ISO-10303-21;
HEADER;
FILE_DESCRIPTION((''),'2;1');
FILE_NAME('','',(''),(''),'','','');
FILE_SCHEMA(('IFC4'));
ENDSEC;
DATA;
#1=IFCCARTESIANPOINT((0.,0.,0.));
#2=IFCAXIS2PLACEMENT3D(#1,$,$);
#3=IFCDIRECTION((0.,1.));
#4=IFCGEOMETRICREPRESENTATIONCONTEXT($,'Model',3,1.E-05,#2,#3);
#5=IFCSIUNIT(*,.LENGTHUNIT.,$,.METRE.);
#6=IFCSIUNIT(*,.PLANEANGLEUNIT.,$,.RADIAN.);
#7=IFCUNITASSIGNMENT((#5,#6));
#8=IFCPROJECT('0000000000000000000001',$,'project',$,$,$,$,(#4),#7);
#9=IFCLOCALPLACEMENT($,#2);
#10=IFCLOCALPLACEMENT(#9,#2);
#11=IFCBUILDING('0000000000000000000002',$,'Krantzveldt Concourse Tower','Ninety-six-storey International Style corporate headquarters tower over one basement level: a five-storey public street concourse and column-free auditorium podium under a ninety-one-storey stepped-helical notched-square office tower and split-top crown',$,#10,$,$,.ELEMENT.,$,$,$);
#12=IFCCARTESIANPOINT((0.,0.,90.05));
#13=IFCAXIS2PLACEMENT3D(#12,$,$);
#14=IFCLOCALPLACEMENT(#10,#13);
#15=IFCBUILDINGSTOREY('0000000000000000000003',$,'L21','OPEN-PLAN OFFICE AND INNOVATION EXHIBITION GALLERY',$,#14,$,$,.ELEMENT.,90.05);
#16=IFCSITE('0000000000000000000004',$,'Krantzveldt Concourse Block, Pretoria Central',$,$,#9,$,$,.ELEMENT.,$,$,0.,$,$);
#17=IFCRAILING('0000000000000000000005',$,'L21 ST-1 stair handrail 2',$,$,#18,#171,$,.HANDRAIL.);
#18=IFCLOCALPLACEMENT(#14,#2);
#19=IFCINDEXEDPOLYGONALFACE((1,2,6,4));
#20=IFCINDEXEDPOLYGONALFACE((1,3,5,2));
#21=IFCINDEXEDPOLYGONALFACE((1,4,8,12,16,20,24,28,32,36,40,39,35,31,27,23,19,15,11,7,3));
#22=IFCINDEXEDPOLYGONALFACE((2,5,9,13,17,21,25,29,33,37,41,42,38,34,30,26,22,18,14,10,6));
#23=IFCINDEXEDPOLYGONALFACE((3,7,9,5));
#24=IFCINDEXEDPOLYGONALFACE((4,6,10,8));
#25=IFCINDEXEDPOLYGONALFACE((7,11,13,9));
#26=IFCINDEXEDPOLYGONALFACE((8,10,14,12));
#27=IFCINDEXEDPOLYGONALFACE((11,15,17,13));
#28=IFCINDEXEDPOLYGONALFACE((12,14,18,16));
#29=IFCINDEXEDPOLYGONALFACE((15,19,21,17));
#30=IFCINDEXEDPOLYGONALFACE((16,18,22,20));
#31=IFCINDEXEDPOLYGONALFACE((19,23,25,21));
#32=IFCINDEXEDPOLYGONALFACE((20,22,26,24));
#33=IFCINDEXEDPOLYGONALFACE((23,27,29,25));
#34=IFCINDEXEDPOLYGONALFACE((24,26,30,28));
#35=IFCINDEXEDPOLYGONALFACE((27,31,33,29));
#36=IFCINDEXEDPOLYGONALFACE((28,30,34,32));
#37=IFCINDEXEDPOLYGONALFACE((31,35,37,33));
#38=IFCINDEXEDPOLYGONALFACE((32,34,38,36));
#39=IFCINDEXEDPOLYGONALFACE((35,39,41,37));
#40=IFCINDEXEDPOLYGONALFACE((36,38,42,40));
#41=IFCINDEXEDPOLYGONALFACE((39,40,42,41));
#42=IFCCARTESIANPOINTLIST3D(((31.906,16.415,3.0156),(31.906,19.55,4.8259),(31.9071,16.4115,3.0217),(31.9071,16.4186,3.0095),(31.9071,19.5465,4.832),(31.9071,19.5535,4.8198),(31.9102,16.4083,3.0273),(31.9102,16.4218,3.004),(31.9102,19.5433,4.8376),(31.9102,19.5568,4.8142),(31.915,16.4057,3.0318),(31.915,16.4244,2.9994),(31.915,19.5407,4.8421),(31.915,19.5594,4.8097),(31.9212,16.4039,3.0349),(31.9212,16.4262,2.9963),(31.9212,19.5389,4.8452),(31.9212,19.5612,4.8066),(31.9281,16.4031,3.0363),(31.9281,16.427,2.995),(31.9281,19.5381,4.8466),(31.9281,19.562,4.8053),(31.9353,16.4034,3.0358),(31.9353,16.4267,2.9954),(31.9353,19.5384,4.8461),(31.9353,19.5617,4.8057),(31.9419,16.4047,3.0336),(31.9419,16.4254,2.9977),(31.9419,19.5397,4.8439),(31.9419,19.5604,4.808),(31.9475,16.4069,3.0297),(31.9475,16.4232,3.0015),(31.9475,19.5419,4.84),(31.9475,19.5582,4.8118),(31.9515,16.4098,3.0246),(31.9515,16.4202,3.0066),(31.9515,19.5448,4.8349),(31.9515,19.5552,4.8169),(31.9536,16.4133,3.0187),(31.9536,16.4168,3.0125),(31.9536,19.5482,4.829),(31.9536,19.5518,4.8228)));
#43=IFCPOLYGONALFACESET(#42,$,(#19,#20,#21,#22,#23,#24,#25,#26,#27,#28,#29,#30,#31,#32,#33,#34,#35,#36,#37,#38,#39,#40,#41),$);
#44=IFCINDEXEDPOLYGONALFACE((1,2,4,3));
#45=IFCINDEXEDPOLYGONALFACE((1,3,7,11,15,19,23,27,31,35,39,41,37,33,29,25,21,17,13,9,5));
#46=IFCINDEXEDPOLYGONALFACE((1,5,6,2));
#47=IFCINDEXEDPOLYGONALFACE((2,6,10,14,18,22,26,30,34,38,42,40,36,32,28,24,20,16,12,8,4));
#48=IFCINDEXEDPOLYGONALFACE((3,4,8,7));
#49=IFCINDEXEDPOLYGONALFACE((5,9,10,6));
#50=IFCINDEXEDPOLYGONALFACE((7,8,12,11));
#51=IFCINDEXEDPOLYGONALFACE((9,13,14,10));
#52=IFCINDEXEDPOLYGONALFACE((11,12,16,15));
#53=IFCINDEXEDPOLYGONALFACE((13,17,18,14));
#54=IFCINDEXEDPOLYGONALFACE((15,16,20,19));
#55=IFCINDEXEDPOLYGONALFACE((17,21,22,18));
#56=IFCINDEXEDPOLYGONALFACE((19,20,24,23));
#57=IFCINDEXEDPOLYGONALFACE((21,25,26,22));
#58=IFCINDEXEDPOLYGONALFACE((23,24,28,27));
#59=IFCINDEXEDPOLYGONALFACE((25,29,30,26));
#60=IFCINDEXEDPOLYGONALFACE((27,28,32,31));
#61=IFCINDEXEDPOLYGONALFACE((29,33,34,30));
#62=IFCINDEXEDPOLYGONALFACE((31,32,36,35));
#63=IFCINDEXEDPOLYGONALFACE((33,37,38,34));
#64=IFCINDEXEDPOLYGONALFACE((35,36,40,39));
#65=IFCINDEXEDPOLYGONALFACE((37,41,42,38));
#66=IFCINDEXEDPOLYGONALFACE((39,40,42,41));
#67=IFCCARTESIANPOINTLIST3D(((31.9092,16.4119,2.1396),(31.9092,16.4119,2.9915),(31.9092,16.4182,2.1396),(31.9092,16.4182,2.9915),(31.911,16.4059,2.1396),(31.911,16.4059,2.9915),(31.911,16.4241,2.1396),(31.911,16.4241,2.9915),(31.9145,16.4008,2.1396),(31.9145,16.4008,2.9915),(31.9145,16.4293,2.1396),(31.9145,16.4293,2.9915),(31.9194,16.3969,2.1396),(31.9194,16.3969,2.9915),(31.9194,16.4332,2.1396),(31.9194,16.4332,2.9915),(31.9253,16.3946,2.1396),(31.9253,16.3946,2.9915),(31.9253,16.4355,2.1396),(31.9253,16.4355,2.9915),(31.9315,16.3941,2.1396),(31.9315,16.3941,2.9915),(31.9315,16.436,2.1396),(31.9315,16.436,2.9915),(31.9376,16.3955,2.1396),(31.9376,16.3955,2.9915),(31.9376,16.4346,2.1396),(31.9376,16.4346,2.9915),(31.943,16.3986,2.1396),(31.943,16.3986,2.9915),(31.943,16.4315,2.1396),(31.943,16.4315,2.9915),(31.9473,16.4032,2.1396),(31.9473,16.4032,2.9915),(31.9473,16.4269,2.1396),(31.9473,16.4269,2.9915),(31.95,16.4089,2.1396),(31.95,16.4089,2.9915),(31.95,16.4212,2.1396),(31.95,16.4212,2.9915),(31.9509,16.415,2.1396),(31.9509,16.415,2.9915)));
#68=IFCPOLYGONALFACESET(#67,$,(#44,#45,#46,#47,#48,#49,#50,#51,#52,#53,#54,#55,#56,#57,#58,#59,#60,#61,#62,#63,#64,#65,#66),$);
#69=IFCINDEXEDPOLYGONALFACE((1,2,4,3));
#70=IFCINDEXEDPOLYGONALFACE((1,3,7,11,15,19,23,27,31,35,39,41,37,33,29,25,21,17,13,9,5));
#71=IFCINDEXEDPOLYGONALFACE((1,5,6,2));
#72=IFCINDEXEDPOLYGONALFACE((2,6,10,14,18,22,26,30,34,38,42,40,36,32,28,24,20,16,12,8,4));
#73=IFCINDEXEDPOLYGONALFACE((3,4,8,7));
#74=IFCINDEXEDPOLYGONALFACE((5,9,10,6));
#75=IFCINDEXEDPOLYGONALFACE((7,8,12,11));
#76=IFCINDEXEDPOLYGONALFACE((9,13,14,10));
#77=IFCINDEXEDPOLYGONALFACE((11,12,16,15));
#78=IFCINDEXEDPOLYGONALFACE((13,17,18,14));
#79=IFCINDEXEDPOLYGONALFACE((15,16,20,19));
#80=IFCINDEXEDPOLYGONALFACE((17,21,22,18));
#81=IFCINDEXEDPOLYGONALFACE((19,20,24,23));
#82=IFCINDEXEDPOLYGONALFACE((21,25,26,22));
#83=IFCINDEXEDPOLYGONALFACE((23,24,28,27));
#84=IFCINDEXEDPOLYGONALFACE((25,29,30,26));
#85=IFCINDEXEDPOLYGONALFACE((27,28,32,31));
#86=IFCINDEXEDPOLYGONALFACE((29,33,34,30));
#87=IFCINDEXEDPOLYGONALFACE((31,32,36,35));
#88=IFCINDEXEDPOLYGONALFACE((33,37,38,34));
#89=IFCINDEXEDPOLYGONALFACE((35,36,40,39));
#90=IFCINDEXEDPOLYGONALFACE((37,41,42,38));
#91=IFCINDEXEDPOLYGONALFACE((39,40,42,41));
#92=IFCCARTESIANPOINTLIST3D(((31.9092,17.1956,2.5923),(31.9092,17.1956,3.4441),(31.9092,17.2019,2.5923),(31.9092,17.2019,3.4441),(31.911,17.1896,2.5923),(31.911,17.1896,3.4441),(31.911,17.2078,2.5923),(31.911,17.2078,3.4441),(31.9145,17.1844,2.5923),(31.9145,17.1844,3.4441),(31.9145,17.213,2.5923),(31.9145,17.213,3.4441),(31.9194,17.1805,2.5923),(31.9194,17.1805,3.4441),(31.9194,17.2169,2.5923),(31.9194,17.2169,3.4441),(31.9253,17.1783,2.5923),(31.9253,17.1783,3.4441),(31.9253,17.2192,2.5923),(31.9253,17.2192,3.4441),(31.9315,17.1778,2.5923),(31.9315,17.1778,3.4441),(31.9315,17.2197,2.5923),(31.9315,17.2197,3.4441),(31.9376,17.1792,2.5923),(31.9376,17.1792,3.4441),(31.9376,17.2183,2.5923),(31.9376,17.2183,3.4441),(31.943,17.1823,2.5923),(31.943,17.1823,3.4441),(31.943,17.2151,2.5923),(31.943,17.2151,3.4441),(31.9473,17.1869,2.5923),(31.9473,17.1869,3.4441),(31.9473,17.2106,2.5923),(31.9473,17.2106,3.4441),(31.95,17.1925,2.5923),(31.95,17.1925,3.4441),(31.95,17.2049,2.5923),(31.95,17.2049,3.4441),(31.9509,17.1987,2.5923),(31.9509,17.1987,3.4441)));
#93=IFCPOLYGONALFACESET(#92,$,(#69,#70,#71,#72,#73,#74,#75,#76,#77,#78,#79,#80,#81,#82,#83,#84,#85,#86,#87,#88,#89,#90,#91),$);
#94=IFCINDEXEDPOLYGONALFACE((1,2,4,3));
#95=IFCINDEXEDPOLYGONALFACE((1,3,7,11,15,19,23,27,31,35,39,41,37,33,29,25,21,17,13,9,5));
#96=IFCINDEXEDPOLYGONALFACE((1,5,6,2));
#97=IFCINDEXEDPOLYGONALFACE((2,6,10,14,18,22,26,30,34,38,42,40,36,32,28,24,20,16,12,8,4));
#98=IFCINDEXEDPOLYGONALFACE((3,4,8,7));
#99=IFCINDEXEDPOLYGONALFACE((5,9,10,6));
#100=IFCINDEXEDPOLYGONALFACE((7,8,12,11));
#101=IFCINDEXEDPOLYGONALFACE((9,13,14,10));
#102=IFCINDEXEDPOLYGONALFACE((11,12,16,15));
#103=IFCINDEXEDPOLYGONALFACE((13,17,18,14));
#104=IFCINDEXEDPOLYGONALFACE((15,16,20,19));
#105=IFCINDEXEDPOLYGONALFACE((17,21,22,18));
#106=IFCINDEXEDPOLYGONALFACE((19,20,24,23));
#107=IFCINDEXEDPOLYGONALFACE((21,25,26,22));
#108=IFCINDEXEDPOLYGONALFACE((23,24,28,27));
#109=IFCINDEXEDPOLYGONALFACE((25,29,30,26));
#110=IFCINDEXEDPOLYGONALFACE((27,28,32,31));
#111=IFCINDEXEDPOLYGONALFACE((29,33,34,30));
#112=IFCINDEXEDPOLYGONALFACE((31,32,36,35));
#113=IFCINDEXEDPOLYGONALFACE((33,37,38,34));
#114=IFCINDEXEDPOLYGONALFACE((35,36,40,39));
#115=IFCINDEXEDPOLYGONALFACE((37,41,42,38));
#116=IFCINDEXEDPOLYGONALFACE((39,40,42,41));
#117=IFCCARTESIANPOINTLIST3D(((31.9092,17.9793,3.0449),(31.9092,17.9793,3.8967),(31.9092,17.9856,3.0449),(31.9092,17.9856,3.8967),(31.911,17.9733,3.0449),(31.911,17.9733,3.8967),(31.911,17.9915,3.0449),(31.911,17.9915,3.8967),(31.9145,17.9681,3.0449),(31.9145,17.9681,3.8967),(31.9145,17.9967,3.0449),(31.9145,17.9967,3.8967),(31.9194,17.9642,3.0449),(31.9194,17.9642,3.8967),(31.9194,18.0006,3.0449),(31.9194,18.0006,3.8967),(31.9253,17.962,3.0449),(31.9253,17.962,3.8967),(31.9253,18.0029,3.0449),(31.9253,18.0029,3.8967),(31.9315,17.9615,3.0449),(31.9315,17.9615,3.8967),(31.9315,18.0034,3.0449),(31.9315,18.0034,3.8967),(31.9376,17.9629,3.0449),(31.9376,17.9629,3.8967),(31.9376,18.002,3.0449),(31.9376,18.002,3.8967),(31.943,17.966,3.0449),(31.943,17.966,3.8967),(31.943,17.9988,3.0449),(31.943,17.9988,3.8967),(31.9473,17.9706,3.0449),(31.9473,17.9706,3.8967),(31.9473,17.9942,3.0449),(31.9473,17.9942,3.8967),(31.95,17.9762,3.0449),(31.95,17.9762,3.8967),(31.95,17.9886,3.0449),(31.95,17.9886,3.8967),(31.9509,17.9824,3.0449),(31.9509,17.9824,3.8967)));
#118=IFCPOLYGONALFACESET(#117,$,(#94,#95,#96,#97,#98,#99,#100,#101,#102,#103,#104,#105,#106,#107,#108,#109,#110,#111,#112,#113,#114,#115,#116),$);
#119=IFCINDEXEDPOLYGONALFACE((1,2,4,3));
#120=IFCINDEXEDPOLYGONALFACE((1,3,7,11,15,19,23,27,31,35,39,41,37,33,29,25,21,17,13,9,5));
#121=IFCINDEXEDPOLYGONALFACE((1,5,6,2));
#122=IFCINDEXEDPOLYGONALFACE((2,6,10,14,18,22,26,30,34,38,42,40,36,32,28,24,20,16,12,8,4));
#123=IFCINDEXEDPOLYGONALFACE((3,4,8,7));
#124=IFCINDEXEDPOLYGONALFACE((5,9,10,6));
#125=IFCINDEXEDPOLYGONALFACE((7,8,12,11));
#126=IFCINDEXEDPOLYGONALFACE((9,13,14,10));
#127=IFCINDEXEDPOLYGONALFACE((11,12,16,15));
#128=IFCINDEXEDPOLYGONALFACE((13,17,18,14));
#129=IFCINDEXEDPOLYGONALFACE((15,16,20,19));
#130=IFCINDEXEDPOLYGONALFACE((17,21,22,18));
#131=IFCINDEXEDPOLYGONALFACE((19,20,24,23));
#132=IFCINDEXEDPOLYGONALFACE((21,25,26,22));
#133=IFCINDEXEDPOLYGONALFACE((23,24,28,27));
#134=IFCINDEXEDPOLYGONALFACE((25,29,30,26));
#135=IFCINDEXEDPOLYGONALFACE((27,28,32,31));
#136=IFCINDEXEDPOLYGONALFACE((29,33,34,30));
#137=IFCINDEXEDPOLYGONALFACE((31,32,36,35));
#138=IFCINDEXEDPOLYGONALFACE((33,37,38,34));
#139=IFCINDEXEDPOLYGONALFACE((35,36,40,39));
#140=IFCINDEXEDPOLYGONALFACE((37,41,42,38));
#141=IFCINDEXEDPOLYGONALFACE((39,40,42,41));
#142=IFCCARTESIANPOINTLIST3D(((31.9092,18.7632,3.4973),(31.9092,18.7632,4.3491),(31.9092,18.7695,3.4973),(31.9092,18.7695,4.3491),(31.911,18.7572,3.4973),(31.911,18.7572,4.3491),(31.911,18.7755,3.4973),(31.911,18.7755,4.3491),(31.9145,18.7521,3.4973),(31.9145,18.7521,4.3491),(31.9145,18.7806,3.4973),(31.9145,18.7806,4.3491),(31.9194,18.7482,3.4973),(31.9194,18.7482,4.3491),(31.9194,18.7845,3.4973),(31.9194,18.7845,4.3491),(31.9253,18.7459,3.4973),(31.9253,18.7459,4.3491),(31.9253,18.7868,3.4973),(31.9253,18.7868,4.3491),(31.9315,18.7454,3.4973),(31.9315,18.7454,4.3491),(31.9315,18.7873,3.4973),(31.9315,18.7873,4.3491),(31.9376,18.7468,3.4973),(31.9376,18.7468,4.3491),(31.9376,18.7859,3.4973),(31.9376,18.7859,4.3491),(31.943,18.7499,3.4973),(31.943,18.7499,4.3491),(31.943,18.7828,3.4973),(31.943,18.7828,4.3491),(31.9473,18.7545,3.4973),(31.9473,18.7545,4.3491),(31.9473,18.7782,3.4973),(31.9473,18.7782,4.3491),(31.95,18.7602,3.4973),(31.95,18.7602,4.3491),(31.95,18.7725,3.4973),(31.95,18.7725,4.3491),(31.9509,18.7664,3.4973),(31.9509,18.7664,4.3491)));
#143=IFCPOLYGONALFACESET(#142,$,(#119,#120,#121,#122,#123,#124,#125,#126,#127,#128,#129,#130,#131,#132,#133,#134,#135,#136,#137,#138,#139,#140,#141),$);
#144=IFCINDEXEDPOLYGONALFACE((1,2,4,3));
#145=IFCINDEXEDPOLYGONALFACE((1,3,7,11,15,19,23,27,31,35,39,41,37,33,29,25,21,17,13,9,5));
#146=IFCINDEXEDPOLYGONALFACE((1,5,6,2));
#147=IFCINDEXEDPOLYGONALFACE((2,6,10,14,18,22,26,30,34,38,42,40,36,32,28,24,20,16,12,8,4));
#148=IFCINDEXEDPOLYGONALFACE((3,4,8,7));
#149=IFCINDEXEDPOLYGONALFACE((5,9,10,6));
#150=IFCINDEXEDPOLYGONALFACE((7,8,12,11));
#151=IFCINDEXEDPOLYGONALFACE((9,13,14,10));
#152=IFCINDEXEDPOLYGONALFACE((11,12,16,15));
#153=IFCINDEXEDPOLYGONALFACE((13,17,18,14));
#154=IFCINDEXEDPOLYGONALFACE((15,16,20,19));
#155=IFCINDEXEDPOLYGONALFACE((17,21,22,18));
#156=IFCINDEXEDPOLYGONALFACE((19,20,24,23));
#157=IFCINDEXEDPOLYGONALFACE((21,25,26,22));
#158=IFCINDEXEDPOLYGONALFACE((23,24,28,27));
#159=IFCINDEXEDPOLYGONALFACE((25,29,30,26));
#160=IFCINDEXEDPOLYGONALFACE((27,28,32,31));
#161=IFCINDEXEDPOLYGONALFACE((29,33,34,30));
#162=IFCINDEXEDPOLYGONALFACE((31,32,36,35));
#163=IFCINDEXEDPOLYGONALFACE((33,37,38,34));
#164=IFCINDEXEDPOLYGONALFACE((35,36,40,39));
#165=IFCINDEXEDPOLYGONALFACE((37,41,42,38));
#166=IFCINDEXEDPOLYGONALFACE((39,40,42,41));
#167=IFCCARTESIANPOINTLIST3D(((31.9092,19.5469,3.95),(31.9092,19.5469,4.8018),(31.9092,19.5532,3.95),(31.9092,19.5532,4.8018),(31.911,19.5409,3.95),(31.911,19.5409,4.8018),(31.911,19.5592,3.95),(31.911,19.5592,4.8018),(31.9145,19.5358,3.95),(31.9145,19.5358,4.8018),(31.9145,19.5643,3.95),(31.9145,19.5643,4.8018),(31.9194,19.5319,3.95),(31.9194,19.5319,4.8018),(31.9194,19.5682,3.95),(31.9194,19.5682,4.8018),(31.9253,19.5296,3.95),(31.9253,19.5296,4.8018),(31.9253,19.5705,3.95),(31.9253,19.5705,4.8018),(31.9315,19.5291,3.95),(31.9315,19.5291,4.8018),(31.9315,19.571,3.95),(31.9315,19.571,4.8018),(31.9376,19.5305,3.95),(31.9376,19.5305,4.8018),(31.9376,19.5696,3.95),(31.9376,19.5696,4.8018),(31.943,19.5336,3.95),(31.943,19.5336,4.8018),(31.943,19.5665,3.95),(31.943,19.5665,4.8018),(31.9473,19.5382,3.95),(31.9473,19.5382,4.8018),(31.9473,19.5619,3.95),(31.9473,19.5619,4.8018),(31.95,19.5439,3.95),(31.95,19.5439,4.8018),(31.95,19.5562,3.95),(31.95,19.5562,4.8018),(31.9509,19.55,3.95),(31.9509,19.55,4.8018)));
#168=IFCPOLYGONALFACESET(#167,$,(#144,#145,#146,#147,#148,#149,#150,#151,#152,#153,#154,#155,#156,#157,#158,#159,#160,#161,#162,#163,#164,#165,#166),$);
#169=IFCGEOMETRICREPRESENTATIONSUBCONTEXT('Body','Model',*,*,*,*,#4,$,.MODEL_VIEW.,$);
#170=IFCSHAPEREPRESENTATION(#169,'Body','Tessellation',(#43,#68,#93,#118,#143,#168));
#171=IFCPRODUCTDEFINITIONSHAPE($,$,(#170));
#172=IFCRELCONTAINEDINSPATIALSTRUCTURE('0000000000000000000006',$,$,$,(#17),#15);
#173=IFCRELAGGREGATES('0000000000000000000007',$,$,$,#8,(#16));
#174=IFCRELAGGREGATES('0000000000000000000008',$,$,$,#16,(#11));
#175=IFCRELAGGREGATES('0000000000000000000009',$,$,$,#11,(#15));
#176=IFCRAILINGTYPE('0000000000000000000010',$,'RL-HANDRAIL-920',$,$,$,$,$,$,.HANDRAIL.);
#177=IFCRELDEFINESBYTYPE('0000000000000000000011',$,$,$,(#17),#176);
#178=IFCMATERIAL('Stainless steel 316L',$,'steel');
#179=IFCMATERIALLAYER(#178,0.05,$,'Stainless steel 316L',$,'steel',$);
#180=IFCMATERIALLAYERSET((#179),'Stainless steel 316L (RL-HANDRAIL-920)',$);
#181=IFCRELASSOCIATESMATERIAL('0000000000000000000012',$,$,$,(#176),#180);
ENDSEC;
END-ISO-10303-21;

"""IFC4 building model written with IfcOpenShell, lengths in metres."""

from ifc_helpers import new_model, si_unit, direction, frame, origin, origin_2d, place, context, subcontext, project, spatial, circle, extrude, material, layer, layer_set, type_object, element, save


model = new_model("IFC4")

# Units and contexts
model_context = context("Model", 3, precision=1e-05, world=origin(), true_north=direction((0.0, 1.0)))
body_context = subcontext(model_context, "Body", "Model", "MODEL_VIEW")
ifc_project = project(units=[si_unit("LENGTHUNIT", "METRE"), si_unit("PLANEANGLEUNIT", "RADIAN")], contexts=[model_context])

# Site, building, storey
site_placement = place(None, origin())
site = spatial("IfcSite", under=ifc_project, at=site_placement, Name="Krantzveldt Concourse Block, Pretoria Central", CompositionType="ELEMENT", RefElevation=0.0)
building_placement = place(site_placement, origin())
building = spatial("IfcBuilding", under=site, at=building_placement, Name="Krantzveldt Concourse Tower", Description="Ninety-six-storey International Style corporate headquarters tower over one basement level: a five-storey public street concourse and column-free auditorium podium under a ninety-one-storey stepped-helical notched-square office tower and split-top crown", CompositionType="ELEMENT")
storey_placement = place(building_placement, frame((0.0, 0.0, 90.05)))
storey = spatial("IfcBuildingStorey", under=building, at=storey_placement, Name="L21", Description="OPEN-PLAN OFFICE AND INNOVATION EXHIBITION GALLERY", CompositionType="ELEMENT", Elevation=90.05)

# Railing
ifc_material_1 = material(Name="Stainless steel 316L", Category="steel")
ifc_layer_1 = layer(ifc_material_1, 0.05, Name="Stainless steel 316L", Category="steel")
ifc_layer_set_1 = layer_set([ifc_layer_1], Name="Stainless steel 316L (RL-HANDRAIL-920)")
railing_type_1 = type_object("IfcRailingType", Name="RL-HANDRAIL-920", PredefinedType="HANDRAIL", material=ifc_layer_set_1)
railing_1_placement = place(storey_placement, frame((31.9299, 16.415, 2.1396)))
element("IfcRailing", 1, at=railing_1_placement, inside=storey, type_object=railing_type_1, Name="L21 ST-1 stair handrail 2", PredefinedType="HANDRAIL", context=body_context, shape_type="SweptSolid", body=[
    extrude(circle(Radius=0.0239, at=origin_2d()), frame((0.0, 0.0, 0.876), z_axis=(0.0, 0.865989, 0.500063), x_axis=(-1.0, 0.0, 0.0)), (0.0, 0.0, 1.0), 3.6201),
    extrude(circle(Radius=0.021, at=origin_2d()), origin(), (0.0, 0.0, 1.0), 0.8518),
    extrude(circle(Radius=0.021, at=origin_2d()), frame((0.0, 0.7837, 0.4526)), (0.0, 0.0, 1.0), 0.8518),
    extrude(circle(Radius=0.021, at=origin_2d()), frame((0.0, 1.5674, 0.9053)), (0.0, 0.0, 1.0), 0.8518),
    extrude(circle(Radius=0.021, at=origin_2d()), frame((0.0, 2.3513, 1.3577)), (0.0, 0.0, 1.0), 0.8518),
    extrude(circle(Radius=0.021, at=origin_2d()), frame((0.0, 3.135, 1.8103)), (0.0, 0.0, 1.0), 0.8518),
])

save(model, "model.ifc")
